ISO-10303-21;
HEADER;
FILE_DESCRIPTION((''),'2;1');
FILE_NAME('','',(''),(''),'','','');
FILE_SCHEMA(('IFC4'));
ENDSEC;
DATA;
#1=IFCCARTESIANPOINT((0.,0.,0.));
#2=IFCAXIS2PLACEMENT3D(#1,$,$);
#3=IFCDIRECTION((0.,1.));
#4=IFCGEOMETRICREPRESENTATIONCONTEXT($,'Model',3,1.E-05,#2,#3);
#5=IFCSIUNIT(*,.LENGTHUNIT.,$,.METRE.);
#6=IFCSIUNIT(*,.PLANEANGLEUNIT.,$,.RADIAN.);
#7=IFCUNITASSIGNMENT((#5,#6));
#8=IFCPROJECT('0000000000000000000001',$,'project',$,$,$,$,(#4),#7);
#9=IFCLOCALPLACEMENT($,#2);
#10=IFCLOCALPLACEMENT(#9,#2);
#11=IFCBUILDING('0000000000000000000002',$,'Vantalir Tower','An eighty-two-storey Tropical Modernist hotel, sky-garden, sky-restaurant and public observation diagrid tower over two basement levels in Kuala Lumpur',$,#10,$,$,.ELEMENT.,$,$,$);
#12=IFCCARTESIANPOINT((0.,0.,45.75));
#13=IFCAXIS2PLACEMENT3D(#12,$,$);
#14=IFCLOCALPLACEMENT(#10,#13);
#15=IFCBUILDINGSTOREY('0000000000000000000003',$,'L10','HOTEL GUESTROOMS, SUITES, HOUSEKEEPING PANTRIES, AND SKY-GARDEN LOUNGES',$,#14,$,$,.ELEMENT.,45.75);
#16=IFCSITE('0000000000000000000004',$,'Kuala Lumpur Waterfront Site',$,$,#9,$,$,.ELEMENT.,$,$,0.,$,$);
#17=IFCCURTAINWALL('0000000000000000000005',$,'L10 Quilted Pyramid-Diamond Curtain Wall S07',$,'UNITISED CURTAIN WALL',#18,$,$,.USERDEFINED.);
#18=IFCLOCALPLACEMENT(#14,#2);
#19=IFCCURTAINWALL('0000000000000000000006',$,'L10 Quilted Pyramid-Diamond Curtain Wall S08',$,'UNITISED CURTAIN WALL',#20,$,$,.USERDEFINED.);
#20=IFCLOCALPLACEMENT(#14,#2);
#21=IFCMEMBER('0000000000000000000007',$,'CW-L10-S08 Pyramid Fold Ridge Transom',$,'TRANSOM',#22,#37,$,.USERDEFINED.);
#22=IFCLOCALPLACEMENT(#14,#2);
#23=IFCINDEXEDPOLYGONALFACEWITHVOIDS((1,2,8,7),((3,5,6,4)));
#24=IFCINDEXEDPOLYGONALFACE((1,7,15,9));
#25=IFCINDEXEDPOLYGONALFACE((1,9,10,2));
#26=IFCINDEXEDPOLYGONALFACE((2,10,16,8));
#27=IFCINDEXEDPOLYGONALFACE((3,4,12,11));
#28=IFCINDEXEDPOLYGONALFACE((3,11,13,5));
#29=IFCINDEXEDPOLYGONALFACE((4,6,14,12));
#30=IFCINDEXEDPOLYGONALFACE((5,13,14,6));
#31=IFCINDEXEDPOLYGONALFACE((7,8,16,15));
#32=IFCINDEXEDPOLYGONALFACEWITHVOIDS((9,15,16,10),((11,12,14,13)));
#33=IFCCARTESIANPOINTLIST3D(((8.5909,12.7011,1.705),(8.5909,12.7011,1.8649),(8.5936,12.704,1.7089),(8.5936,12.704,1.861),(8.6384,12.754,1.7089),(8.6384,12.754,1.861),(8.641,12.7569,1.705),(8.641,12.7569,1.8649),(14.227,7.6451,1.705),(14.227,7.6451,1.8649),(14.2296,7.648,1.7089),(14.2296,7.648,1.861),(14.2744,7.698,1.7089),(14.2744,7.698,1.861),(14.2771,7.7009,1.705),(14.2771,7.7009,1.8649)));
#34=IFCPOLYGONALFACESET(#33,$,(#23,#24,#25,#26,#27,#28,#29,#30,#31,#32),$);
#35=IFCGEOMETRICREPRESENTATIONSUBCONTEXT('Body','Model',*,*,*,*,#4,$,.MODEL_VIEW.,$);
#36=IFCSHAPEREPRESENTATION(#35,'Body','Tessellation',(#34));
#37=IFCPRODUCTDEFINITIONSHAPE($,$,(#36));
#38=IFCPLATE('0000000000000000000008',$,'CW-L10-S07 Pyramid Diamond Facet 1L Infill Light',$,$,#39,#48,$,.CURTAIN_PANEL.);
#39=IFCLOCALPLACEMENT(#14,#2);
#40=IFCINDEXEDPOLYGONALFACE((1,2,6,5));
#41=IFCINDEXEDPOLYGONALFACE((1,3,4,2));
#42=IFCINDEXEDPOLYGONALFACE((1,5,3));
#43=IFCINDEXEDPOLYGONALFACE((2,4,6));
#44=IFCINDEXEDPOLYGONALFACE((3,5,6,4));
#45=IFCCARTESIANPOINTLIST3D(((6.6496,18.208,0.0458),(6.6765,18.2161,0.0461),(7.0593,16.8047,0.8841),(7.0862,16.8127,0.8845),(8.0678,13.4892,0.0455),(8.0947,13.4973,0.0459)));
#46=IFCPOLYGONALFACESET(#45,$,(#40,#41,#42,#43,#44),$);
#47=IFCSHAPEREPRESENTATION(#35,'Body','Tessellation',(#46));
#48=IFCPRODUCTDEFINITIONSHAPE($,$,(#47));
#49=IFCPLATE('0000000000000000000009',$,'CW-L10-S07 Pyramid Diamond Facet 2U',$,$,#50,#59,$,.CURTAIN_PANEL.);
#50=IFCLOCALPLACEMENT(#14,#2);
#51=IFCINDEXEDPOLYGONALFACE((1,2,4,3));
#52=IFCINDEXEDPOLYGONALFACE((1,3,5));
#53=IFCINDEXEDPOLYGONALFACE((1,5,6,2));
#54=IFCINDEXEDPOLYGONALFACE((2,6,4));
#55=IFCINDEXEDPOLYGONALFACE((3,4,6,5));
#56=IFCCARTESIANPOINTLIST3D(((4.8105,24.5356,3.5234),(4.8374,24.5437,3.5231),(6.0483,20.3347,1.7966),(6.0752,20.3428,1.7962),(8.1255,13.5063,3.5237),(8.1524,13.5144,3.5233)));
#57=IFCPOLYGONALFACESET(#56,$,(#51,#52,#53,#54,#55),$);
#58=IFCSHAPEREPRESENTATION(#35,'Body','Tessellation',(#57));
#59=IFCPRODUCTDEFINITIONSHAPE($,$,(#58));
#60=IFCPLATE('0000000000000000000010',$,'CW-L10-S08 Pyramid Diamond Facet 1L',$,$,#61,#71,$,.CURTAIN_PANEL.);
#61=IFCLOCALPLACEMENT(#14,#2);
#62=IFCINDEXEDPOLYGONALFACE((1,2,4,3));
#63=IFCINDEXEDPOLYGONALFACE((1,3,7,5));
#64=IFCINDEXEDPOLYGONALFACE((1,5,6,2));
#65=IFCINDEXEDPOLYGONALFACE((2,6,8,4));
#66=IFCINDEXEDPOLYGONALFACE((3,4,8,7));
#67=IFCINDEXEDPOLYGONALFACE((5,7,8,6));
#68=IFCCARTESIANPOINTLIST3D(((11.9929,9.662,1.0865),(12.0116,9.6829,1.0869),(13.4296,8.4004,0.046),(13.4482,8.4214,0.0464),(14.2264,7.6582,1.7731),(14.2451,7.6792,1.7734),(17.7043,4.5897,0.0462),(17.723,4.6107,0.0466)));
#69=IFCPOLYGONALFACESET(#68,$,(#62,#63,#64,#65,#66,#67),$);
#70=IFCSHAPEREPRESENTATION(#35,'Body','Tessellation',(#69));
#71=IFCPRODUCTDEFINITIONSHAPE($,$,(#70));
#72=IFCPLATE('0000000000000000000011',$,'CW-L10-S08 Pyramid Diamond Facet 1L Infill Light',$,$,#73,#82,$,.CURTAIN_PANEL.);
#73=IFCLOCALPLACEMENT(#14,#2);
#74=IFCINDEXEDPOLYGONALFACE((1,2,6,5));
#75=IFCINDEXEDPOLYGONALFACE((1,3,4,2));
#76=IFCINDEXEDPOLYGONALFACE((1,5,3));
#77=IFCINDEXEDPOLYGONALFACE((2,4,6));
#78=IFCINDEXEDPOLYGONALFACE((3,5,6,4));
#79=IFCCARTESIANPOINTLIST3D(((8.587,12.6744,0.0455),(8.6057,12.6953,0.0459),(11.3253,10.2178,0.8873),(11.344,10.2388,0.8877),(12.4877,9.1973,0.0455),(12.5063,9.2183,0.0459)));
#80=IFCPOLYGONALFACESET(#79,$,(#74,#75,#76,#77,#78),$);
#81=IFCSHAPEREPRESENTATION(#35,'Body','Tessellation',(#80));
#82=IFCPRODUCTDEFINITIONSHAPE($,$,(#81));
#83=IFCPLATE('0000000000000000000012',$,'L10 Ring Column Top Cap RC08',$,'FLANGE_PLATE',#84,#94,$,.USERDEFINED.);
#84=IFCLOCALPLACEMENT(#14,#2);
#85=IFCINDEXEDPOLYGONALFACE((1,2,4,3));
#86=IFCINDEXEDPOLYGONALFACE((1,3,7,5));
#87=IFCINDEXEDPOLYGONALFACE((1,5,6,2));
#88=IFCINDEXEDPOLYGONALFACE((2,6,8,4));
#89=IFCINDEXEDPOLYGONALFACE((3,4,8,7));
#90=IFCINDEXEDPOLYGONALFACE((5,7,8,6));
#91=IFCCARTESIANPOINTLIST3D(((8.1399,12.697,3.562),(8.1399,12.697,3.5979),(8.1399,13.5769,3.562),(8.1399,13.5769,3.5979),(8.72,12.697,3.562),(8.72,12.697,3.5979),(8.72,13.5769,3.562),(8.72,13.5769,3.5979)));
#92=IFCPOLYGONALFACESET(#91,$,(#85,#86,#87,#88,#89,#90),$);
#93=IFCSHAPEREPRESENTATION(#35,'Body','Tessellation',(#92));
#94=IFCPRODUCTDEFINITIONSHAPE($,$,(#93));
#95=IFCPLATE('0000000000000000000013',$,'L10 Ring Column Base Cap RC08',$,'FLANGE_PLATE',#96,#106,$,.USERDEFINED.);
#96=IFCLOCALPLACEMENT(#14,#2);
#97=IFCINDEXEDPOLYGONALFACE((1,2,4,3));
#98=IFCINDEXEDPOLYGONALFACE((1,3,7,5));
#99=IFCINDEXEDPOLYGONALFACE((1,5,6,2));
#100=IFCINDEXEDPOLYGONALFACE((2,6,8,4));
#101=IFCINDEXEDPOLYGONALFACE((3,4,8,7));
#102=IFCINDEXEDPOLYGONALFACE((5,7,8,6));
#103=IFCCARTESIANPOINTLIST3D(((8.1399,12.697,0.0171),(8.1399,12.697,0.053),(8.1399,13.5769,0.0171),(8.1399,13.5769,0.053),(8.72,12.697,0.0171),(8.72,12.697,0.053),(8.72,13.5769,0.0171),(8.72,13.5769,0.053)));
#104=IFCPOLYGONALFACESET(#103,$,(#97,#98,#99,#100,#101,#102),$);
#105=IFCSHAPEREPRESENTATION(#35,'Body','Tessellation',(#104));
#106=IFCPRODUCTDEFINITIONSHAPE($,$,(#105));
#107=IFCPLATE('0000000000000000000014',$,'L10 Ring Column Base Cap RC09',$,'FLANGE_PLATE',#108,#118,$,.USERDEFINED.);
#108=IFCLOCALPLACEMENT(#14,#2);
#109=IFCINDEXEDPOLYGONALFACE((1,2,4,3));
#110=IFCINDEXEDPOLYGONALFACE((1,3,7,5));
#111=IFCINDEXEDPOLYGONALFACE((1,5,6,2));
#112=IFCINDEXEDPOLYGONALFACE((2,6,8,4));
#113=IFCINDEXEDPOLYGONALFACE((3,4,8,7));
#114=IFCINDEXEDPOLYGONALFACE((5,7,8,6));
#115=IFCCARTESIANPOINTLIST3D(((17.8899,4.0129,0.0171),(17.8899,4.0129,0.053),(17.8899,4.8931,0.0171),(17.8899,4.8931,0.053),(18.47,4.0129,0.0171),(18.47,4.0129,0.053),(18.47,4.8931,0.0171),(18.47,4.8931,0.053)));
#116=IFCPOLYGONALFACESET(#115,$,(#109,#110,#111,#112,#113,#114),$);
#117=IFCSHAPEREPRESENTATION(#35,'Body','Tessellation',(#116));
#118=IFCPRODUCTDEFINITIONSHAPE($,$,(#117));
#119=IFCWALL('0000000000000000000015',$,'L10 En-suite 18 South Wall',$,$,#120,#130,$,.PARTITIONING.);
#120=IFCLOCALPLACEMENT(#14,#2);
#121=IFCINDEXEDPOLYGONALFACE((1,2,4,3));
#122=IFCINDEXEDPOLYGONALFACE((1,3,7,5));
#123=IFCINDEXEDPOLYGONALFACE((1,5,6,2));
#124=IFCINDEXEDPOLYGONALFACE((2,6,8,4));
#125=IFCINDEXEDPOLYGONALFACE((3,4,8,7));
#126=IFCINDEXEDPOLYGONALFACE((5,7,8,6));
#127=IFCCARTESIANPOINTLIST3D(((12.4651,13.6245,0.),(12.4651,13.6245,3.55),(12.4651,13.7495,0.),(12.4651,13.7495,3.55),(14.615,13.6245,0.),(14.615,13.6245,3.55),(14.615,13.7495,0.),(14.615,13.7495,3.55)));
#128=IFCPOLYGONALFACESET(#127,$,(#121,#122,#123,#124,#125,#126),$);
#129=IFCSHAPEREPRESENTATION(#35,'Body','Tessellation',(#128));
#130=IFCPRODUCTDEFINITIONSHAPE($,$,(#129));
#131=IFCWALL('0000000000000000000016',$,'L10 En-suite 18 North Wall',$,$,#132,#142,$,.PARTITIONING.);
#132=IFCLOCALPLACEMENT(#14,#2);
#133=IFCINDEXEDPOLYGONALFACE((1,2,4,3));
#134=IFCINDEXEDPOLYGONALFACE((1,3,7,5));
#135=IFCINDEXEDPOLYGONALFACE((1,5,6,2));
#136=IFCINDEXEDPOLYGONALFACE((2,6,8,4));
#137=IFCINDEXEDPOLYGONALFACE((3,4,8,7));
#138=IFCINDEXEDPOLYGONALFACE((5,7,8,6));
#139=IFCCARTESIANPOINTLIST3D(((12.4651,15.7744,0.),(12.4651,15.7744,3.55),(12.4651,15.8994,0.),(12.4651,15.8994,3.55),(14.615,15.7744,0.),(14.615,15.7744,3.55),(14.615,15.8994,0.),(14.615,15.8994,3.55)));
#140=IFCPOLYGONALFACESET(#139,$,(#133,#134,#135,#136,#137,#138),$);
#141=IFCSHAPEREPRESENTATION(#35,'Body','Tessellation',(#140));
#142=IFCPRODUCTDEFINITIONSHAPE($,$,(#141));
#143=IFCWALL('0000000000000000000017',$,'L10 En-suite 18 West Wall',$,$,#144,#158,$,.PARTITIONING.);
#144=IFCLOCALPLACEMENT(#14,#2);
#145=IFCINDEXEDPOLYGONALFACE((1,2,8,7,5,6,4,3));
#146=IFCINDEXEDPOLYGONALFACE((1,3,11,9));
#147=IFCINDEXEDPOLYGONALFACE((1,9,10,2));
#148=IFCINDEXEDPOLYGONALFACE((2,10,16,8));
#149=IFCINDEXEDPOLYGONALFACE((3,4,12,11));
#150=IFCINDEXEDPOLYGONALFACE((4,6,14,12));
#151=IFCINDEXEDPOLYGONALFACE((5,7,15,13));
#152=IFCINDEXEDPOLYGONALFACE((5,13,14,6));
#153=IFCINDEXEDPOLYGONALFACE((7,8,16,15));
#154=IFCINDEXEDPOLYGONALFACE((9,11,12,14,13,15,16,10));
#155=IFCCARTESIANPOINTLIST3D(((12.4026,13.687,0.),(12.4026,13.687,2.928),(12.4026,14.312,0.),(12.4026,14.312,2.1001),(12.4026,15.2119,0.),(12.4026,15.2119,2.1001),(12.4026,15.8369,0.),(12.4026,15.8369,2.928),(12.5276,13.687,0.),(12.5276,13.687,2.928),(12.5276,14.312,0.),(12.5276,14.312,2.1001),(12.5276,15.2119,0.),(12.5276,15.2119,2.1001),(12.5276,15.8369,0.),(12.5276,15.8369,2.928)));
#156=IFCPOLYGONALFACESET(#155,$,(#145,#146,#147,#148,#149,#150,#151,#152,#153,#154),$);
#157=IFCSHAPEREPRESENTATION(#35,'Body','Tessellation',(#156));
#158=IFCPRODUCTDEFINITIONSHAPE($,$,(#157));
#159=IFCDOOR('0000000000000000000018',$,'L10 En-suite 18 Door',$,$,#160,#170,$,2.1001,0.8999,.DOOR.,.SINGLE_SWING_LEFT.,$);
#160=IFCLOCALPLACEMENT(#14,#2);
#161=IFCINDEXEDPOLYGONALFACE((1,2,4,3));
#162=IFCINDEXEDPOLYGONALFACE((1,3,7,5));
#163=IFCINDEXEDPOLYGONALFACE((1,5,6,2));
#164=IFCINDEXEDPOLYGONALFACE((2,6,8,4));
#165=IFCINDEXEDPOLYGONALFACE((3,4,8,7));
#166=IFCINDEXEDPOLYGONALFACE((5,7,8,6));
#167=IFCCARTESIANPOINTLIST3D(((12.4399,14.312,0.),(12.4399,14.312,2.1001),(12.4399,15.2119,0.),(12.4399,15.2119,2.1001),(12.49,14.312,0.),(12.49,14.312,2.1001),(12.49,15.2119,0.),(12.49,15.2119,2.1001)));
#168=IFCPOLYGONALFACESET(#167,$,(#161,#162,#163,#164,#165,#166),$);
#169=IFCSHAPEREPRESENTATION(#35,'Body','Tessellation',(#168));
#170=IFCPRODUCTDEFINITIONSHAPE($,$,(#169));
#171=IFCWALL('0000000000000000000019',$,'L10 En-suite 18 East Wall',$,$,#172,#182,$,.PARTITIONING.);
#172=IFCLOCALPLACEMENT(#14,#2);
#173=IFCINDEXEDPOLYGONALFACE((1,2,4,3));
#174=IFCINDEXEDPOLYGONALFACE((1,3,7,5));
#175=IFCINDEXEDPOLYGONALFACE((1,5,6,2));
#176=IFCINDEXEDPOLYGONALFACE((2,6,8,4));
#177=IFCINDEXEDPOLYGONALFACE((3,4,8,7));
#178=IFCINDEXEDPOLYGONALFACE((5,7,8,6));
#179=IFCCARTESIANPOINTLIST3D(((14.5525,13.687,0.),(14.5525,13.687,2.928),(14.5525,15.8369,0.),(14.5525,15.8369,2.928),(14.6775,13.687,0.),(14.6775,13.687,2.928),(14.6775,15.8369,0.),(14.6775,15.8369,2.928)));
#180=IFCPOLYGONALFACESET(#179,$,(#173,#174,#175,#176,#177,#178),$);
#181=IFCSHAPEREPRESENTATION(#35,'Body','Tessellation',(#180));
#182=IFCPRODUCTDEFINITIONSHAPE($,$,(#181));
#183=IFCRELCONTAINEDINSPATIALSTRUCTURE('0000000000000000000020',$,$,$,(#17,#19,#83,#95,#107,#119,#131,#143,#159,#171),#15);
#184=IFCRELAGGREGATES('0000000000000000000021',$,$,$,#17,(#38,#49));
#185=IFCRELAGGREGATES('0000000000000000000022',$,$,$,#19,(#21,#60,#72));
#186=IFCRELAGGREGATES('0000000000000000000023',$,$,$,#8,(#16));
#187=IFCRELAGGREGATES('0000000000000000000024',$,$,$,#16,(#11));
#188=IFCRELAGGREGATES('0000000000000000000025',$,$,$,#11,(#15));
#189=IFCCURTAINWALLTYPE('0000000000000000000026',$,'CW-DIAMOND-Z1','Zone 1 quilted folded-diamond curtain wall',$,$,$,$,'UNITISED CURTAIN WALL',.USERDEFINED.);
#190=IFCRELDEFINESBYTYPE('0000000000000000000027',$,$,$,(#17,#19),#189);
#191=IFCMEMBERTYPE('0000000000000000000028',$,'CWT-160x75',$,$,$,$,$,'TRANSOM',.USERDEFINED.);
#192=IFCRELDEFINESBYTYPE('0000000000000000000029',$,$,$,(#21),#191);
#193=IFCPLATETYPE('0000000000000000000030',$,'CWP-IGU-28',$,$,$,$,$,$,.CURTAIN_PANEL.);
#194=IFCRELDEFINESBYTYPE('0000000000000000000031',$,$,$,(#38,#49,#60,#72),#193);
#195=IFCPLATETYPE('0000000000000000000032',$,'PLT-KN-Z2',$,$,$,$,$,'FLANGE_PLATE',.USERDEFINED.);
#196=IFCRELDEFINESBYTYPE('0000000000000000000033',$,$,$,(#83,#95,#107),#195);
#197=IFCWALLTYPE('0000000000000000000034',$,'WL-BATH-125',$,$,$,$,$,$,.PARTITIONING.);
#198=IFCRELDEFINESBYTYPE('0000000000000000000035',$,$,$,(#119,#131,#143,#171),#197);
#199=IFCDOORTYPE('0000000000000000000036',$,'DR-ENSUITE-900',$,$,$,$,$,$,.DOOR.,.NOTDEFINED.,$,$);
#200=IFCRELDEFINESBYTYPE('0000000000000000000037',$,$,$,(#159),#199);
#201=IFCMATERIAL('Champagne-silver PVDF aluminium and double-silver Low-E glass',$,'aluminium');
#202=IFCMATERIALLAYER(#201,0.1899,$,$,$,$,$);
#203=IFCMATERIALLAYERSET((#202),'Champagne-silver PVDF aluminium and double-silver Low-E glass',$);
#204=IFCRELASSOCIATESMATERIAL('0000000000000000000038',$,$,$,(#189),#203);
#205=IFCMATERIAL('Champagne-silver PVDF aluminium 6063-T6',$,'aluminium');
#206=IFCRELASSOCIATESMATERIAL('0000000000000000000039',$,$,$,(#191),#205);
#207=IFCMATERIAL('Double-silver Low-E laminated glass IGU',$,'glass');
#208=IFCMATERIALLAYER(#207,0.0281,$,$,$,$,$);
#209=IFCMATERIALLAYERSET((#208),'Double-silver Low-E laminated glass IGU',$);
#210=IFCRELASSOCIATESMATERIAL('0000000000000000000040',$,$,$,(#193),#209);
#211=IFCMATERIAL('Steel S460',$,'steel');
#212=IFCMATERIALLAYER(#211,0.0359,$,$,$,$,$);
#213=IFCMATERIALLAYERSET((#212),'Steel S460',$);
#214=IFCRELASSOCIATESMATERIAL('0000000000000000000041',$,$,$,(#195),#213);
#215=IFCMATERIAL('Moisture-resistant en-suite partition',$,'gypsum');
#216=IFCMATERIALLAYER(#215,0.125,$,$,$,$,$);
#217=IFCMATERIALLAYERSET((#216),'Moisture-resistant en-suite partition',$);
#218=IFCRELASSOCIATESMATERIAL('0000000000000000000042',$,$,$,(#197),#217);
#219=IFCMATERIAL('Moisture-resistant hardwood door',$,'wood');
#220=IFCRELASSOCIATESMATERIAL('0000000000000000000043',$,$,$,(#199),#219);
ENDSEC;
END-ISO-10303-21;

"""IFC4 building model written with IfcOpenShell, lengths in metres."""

from ifc_helpers import new_model, si_unit, direction, frame, frame_2d, origin, origin_2d, place, context, subcontext, project, spatial, polyline, rectangle, hollow_rectangle, outline, extrude, material, layer, layer_set, material_profile, profile_set, type_object, element, fill, aggregate, save


model = new_model("IFC4")

# Units and contexts
model_context = context("Model", 3, precision=1e-05, world=origin(), true_north=direction((0.0, 1.0)))
body_context = subcontext(model_context, "Body", "Model", "MODEL_VIEW")
ifc_project = project(units=[si_unit("LENGTHUNIT", "METRE"), si_unit("PLANEANGLEUNIT", "RADIAN")], contexts=[model_context])

# Site, building, storey
site_placement = place(None, origin())
site = spatial("IfcSite", under=ifc_project, at=site_placement, Name="Kuala Lumpur Waterfront Site", CompositionType="ELEMENT", RefElevation=0.0)
building_placement = place(site_placement, origin())
building = spatial("IfcBuilding", under=site, at=building_placement, Name="Vantalir Tower", Description="An eighty-two-storey Tropical Modernist hotel, sky-garden, sky-restaurant and public observation diagrid tower over two basement levels in Kuala Lumpur", CompositionType="ELEMENT")
storey_placement = place(building_placement, frame((0.0, 0.0, 45.75)))
storey = spatial("IfcBuildingStorey", under=building, at=storey_placement, Name="L10", Description="HOTEL GUESTROOMS, SUITES, HOUSEKEEPING PANTRIES, AND SKY-GARDEN LOUNGES", CompositionType="ELEMENT", Elevation=45.75)

# Shared definitions
ifc_material_1 = material(Name="Steel S460", Category="steel")

# Curtain wall
ifc_material_2 = material(Name="Champagne-silver PVDF aluminium and double-silver Low-E glass", Category="aluminium")
ifc_layer_1 = layer(ifc_material_2, 0.1899)
ifc_layer_set_1 = layer_set([ifc_layer_1], Name="Champagne-silver PVDF aluminium and double-silver Low-E glass")
curtain_wall_type = type_object("IfcCurtainWallType", Name="CW-DIAMOND-Z1", Description="Zone 1 quilted folded-diamond curtain wall", ElementType="UNITISED CURTAIN WALL", PredefinedType="USERDEFINED", material=ifc_layer_set_1)
curtain_wall_1_placement = place(storey_placement, origin())
curtain_wall_1 = element("IfcCurtainWall", 1, at=curtain_wall_1_placement, inside=storey, type_object=curtain_wall_type, Name="L10 Quilted Pyramid-Diamond Curtain Wall S07", ObjectType="UNITISED CURTAIN WALL", PredefinedType="USERDEFINED")
ifc_material_3 = material(Name="Champagne-silver PVDF aluminium 6063-T6", Category="aluminium")

# Curtain wall, member
curtain_wall_2_placement = place(storey_placement, origin())
curtain_wall_2 = element("IfcCurtainWall", 2, at=curtain_wall_2_placement, inside=storey, type_object=curtain_wall_type, Name="L10 Quilted Pyramid-Diamond Curtain Wall S08", ObjectType="UNITISED CURTAIN WALL", PredefinedType="USERDEFINED")
ifc_material_profile_1 = material_profile(ifc_material_3, hollow_rectangle(XDim=0.075, YDim=0.1599, WallThickness=0.0039, at=origin_2d()), Name="Champagne-silver PVDF aluminium 6063-T6")
ifc_profile_set_1 = profile_set([ifc_material_profile_1], Name="Champagne-silver PVDF aluminium 6063-T6")
member_type_1 = type_object("IfcMemberType", Name="CWT-160x75", ElementType="TRANSOM", PredefinedType="USERDEFINED", material=ifc_profile_set_1)
member_1_placement = place(storey_placement, frame((8.616, 12.729, 1.7849), z_axis=(0.744375, -0.667761, 0.0), x_axis=(0.667761, 0.744375, 0.0)))
member_1 = element("IfcMember", 3, at=member_1_placement, type_object=member_type_1, Name="CW-L10-S08 Pyramid Fold Ridge Transom", ObjectType="TRANSOM", PredefinedType="USERDEFINED", context=body_context, shape_type="SweptSolid", body=[
    extrude(hollow_rectangle(XDim=0.075, YDim=0.1599, WallThickness=0.0039, at=origin_2d()), origin(), (0.0, 0.0, 1.0), 7.5715),
])

# Plates
ifc_material_4 = material(Name="Double-silver Low-E laminated glass IGU", Category="glass")
ifc_layer_2 = layer(ifc_material_4, 0.0281)
ifc_layer_set_2 = layer_set([ifc_layer_2], Name="Double-silver Low-E laminated glass IGU")
plate_type_1 = type_object("IfcPlateType", Name="CWP-IGU-28", PredefinedType="CURTAIN_PANEL", material=ifc_layer_set_2)
plate_1_placement = place(storey_placement, frame((6.6765, 18.2161, 0.0461), z_axis=(0.95759, 0.287802, 0.013817), x_axis=(0.28783, -0.957682, -0.00005)))
plate_1 = element("IfcPlate", 4, at=plate_1_placement, type_object=plate_type_1, Name="CW-L10-S07 Pyramid Diamond Facet 1L Infill Light", PredefinedType="CURTAIN_PANEL", context=body_context, shape_type="SweptSolid", body=[
    extrude(outline(polyline([(0.0, 0.0), (4.9273, 0.0), (1.4618, -0.8385), (0.0, 0.0)])), origin(), (0.0, 0.0, -1.0), 0.0281),
])
plate_2_placement = place(storey_placement, frame((8.1255, 13.5063, 3.5237), z_axis=(-0.957588, -0.28781, 0.013768), x_axis=(-0.287838, 0.957679, -0.000021)))
plate_2 = element("IfcPlate", 5, at=plate_2_placement, type_object=plate_type_1, Name="CW-L10-S07 Pyramid Diamond Facet 2U", PredefinedType="CURTAIN_PANEL", context=body_context, shape_type="SweptSolid", body=[
    extrude(outline(polyline([(0.0, 0.0), (11.5167, 0.0), (7.1373, 1.7271), (0.0, 0.0)])), origin(), (0.0, 0.0, -1.0), 0.0281),
])
aggregate(curtain_wall_1, [plate_1, plate_2])
plate_3_placement = place(storey_placement, frame((13.4482, 8.4214, 0.0464), z_axis=(0.665367, 0.74639, 0.01375), x_axis=(0.74646, -0.66543, 0.000043)))
plate_3 = element("IfcPlate", 6, at=plate_3_placement, type_object=plate_type_1, Name="CW-L10-S08 Pyramid Diamond Facet 1L", PredefinedType="CURTAIN_PANEL", context=body_context, shape_type="SweptSolid", body=[
    extrude(outline(polyline([(0.0, 0.0), (5.7267, 0.0), (1.0888, -1.7272), (-1.9119, -1.0407), (0.0, 0.0)])), origin(), (0.0, 0.0, -1.0), 0.0281),
])
plate_4_placement = place(storey_placement, frame((8.6057, 12.6953, 0.0459), z_axis=(0.665349, 0.746404, 0.013851), x_axis=(0.746475, -0.665413, 0.0)))
plate_4 = element("IfcPlate", 7, at=plate_4_placement, type_object=plate_type_1, Name="CW-L10-S08 Pyramid Diamond Facet 1L Infill Light", PredefinedType="CURTAIN_PANEL", context=body_context, shape_type="SweptSolid", body=[
    extrude(outline(polyline([(0.0, 0.0), (5.2254, 0.0), (3.6787, -0.8419), (0.0, 0.0)])), origin(), (0.0, 0.0, -1.0), 0.0281),
])
aggregate(curtain_wall_2, [member_1, plate_3, plate_4])

# Plates
ifc_layer_3 = layer(ifc_material_1, 0.0359)
ifc_layer_set_3 = layer_set([ifc_layer_3], Name="Steel S460")
plate_type_2 = type_object("IfcPlateType", Name="PLT-KN-Z2", ElementType="FLANGE_PLATE", PredefinedType="USERDEFINED", material=ifc_layer_set_3)
for number, where, z_axis, x_axis, name in (
    (8, (8.1399, 13.5769, 3.5979), (0.0, 0.0, 1.0), (0.0, -1.0, 0.0), "L10 Ring Column Top Cap RC08"),
    (9, (8.1399, 13.5769, 0.053), (0.0, 0.0, 1.0), (0.0, -1.0, 0.0), "L10 Ring Column Base Cap RC08"),
):
    element("IfcPlate", number, at=place(storey_placement, frame(where, z_axis=z_axis, x_axis=x_axis)), inside=storey, type_object=plate_type_2, Name=name, ObjectType="FLANGE_PLATE", PredefinedType="USERDEFINED", context=body_context, shape_type="SweptSolid", body=[
        extrude(outline(polyline([(0.0, 0.0), (0.8799, 0.0), (0.8799, 0.5801), (0.0, 0.5801), (0.0, 0.0)])), origin(), (0.0, 0.0, -1.0), 0.0359),
    ])
plate_5_placement = place(storey_placement, frame((17.8899, 4.8931, 0.053), z_axis=(0.0, 0.0, 1.0), x_axis=(0.0, -1.0, 0.0)))
element("IfcPlate", 10, at=plate_5_placement, inside=storey, type_object=plate_type_2, Name="L10 Ring Column Base Cap RC09", ObjectType="FLANGE_PLATE", PredefinedType="USERDEFINED", context=body_context, shape_type="SweptSolid", body=[
    extrude(outline(polyline([(0.0, 0.0), (0.8801, 0.0), (0.8801, 0.5801), (0.0, 0.5801), (0.0, 0.0)])), origin(), (0.0, 0.0, -1.0), 0.0359),
])

# Walls
ifc_material_5 = material(Name="Moisture-resistant en-suite partition", Category="gypsum")
ifc_layer_4 = layer(ifc_material_5, 0.125)
ifc_layer_set_4 = layer_set([ifc_layer_4], Name="Moisture-resistant en-suite partition")
wall_type_1 = type_object("IfcWallType", Name="WL-BATH-125", PredefinedType="PARTITIONING", material=ifc_layer_set_4)
for number, where, z_axis, x_axis, name in (
    (11, (12.4651, 13.687, 0.0), (0.0, 0.0, 1.0), (1.0, 0.0, 0.0), "L10 En-suite 18 South Wall"),
    (12, (12.4651, 15.8369, 0.0), (0.0, 0.0, 1.0), (1.0, 0.0, 0.0), "L10 En-suite 18 North Wall"),
):
    element("IfcWall", number, at=place(storey_placement, frame(where, z_axis=z_axis, x_axis=x_axis)), inside=storey, type_object=wall_type_1, Name=name, PredefinedType="PARTITIONING", context=body_context, shape_type="SweptSolid", body=[
        extrude(rectangle(XDim=2.1499, YDim=0.125, at=frame_2d((1.075, 0.0))), origin(), (0.0, 0.0, 1.0), 3.55),
    ])

# Wall, opening, door
wall_1_placement = place(storey_placement, frame((12.4651, 13.687, 0.0), z_axis=(0.0, 0.0, 1.0), x_axis=(0.0, 1.0, 0.0)))
wall_1 = element("IfcWall", 13, at=wall_1_placement, inside=storey, type_object=wall_type_1, Name="L10 En-suite 18 West Wall", PredefinedType="PARTITIONING", context=body_context, shape_type="SweptSolid", body=[
    extrude(rectangle(XDim=2.1499, YDim=0.125, at=frame_2d((1.075, 0.0))), origin(), (0.0, 0.0, 1.0), 2.928),
])
opening_1_placement = place(wall_1_placement, frame((0.625, 0.0, 0.0)))
opening_1 = element("IfcOpeningElement", 14, at=opening_1_placement, cuts=wall_1, PredefinedType="OPENING", context=body_context, shape_type="SweptSolid", body=[
    extrude(rectangle(XDim=0.8999, YDim=2.1001, at=frame_2d((0.45, 1.05))), frame((0.0, 0.0725, 0.0), z_axis=(0.0, -1.0, 0.0), x_axis=(1.0, 0.0, 0.0)), (0.0, 0.0, 1.0), 0.145),
])
ifc_material_6 = material(Name="Moisture-resistant hardwood door", Category="wood")
door_type = type_object("IfcDoorType", Name="DR-ENSUITE-900", OperationType="NOTDEFINED", PredefinedType="DOOR", material=ifc_material_6)
door_1_placement = place(opening_1_placement, frame((0.8999, 0.0, 0.0), z_axis=(0.0, 0.0, 1.0), x_axis=(-1.0, 0.0, 0.0)))
door_1 = element("IfcDoor", 15, at=door_1_placement, inside=storey, type_object=door_type, Name="L10 En-suite 18 Door", OperationType="SINGLE_SWING_LEFT", OverallHeight=2.1001, OverallWidth=0.8999, PredefinedType="DOOR", context=body_context, shape_type="SweptSolid", body=[
    extrude(rectangle(XDim=0.8999, YDim=2.1001, at=frame_2d((0.45, 1.05))), frame((0.0, 0.0249, 0.0), z_axis=(0.0, -1.0, 0.0), x_axis=(1.0, 0.0, 0.0)), (0.0, 0.0, 1.0), 0.05),
])
fill(opening_1, door_1)

# Wall
wall_2_placement = place(storey_placement, frame((14.615, 13.687, 0.0), z_axis=(0.0, 0.0, 1.0), x_axis=(0.0, 1.0, 0.0)))
element("IfcWall", 16, at=wall_2_placement, inside=storey, type_object=wall_type_1, Name="L10 En-suite 18 East Wall", PredefinedType="PARTITIONING", context=body_context, shape_type="SweptSolid", body=[
    extrude(rectangle(XDim=2.1499, YDim=0.125, at=frame_2d((1.075, 0.0))), origin(), (0.0, 0.0, 1.0), 2.928),
])

save(model, "model.ifc")
